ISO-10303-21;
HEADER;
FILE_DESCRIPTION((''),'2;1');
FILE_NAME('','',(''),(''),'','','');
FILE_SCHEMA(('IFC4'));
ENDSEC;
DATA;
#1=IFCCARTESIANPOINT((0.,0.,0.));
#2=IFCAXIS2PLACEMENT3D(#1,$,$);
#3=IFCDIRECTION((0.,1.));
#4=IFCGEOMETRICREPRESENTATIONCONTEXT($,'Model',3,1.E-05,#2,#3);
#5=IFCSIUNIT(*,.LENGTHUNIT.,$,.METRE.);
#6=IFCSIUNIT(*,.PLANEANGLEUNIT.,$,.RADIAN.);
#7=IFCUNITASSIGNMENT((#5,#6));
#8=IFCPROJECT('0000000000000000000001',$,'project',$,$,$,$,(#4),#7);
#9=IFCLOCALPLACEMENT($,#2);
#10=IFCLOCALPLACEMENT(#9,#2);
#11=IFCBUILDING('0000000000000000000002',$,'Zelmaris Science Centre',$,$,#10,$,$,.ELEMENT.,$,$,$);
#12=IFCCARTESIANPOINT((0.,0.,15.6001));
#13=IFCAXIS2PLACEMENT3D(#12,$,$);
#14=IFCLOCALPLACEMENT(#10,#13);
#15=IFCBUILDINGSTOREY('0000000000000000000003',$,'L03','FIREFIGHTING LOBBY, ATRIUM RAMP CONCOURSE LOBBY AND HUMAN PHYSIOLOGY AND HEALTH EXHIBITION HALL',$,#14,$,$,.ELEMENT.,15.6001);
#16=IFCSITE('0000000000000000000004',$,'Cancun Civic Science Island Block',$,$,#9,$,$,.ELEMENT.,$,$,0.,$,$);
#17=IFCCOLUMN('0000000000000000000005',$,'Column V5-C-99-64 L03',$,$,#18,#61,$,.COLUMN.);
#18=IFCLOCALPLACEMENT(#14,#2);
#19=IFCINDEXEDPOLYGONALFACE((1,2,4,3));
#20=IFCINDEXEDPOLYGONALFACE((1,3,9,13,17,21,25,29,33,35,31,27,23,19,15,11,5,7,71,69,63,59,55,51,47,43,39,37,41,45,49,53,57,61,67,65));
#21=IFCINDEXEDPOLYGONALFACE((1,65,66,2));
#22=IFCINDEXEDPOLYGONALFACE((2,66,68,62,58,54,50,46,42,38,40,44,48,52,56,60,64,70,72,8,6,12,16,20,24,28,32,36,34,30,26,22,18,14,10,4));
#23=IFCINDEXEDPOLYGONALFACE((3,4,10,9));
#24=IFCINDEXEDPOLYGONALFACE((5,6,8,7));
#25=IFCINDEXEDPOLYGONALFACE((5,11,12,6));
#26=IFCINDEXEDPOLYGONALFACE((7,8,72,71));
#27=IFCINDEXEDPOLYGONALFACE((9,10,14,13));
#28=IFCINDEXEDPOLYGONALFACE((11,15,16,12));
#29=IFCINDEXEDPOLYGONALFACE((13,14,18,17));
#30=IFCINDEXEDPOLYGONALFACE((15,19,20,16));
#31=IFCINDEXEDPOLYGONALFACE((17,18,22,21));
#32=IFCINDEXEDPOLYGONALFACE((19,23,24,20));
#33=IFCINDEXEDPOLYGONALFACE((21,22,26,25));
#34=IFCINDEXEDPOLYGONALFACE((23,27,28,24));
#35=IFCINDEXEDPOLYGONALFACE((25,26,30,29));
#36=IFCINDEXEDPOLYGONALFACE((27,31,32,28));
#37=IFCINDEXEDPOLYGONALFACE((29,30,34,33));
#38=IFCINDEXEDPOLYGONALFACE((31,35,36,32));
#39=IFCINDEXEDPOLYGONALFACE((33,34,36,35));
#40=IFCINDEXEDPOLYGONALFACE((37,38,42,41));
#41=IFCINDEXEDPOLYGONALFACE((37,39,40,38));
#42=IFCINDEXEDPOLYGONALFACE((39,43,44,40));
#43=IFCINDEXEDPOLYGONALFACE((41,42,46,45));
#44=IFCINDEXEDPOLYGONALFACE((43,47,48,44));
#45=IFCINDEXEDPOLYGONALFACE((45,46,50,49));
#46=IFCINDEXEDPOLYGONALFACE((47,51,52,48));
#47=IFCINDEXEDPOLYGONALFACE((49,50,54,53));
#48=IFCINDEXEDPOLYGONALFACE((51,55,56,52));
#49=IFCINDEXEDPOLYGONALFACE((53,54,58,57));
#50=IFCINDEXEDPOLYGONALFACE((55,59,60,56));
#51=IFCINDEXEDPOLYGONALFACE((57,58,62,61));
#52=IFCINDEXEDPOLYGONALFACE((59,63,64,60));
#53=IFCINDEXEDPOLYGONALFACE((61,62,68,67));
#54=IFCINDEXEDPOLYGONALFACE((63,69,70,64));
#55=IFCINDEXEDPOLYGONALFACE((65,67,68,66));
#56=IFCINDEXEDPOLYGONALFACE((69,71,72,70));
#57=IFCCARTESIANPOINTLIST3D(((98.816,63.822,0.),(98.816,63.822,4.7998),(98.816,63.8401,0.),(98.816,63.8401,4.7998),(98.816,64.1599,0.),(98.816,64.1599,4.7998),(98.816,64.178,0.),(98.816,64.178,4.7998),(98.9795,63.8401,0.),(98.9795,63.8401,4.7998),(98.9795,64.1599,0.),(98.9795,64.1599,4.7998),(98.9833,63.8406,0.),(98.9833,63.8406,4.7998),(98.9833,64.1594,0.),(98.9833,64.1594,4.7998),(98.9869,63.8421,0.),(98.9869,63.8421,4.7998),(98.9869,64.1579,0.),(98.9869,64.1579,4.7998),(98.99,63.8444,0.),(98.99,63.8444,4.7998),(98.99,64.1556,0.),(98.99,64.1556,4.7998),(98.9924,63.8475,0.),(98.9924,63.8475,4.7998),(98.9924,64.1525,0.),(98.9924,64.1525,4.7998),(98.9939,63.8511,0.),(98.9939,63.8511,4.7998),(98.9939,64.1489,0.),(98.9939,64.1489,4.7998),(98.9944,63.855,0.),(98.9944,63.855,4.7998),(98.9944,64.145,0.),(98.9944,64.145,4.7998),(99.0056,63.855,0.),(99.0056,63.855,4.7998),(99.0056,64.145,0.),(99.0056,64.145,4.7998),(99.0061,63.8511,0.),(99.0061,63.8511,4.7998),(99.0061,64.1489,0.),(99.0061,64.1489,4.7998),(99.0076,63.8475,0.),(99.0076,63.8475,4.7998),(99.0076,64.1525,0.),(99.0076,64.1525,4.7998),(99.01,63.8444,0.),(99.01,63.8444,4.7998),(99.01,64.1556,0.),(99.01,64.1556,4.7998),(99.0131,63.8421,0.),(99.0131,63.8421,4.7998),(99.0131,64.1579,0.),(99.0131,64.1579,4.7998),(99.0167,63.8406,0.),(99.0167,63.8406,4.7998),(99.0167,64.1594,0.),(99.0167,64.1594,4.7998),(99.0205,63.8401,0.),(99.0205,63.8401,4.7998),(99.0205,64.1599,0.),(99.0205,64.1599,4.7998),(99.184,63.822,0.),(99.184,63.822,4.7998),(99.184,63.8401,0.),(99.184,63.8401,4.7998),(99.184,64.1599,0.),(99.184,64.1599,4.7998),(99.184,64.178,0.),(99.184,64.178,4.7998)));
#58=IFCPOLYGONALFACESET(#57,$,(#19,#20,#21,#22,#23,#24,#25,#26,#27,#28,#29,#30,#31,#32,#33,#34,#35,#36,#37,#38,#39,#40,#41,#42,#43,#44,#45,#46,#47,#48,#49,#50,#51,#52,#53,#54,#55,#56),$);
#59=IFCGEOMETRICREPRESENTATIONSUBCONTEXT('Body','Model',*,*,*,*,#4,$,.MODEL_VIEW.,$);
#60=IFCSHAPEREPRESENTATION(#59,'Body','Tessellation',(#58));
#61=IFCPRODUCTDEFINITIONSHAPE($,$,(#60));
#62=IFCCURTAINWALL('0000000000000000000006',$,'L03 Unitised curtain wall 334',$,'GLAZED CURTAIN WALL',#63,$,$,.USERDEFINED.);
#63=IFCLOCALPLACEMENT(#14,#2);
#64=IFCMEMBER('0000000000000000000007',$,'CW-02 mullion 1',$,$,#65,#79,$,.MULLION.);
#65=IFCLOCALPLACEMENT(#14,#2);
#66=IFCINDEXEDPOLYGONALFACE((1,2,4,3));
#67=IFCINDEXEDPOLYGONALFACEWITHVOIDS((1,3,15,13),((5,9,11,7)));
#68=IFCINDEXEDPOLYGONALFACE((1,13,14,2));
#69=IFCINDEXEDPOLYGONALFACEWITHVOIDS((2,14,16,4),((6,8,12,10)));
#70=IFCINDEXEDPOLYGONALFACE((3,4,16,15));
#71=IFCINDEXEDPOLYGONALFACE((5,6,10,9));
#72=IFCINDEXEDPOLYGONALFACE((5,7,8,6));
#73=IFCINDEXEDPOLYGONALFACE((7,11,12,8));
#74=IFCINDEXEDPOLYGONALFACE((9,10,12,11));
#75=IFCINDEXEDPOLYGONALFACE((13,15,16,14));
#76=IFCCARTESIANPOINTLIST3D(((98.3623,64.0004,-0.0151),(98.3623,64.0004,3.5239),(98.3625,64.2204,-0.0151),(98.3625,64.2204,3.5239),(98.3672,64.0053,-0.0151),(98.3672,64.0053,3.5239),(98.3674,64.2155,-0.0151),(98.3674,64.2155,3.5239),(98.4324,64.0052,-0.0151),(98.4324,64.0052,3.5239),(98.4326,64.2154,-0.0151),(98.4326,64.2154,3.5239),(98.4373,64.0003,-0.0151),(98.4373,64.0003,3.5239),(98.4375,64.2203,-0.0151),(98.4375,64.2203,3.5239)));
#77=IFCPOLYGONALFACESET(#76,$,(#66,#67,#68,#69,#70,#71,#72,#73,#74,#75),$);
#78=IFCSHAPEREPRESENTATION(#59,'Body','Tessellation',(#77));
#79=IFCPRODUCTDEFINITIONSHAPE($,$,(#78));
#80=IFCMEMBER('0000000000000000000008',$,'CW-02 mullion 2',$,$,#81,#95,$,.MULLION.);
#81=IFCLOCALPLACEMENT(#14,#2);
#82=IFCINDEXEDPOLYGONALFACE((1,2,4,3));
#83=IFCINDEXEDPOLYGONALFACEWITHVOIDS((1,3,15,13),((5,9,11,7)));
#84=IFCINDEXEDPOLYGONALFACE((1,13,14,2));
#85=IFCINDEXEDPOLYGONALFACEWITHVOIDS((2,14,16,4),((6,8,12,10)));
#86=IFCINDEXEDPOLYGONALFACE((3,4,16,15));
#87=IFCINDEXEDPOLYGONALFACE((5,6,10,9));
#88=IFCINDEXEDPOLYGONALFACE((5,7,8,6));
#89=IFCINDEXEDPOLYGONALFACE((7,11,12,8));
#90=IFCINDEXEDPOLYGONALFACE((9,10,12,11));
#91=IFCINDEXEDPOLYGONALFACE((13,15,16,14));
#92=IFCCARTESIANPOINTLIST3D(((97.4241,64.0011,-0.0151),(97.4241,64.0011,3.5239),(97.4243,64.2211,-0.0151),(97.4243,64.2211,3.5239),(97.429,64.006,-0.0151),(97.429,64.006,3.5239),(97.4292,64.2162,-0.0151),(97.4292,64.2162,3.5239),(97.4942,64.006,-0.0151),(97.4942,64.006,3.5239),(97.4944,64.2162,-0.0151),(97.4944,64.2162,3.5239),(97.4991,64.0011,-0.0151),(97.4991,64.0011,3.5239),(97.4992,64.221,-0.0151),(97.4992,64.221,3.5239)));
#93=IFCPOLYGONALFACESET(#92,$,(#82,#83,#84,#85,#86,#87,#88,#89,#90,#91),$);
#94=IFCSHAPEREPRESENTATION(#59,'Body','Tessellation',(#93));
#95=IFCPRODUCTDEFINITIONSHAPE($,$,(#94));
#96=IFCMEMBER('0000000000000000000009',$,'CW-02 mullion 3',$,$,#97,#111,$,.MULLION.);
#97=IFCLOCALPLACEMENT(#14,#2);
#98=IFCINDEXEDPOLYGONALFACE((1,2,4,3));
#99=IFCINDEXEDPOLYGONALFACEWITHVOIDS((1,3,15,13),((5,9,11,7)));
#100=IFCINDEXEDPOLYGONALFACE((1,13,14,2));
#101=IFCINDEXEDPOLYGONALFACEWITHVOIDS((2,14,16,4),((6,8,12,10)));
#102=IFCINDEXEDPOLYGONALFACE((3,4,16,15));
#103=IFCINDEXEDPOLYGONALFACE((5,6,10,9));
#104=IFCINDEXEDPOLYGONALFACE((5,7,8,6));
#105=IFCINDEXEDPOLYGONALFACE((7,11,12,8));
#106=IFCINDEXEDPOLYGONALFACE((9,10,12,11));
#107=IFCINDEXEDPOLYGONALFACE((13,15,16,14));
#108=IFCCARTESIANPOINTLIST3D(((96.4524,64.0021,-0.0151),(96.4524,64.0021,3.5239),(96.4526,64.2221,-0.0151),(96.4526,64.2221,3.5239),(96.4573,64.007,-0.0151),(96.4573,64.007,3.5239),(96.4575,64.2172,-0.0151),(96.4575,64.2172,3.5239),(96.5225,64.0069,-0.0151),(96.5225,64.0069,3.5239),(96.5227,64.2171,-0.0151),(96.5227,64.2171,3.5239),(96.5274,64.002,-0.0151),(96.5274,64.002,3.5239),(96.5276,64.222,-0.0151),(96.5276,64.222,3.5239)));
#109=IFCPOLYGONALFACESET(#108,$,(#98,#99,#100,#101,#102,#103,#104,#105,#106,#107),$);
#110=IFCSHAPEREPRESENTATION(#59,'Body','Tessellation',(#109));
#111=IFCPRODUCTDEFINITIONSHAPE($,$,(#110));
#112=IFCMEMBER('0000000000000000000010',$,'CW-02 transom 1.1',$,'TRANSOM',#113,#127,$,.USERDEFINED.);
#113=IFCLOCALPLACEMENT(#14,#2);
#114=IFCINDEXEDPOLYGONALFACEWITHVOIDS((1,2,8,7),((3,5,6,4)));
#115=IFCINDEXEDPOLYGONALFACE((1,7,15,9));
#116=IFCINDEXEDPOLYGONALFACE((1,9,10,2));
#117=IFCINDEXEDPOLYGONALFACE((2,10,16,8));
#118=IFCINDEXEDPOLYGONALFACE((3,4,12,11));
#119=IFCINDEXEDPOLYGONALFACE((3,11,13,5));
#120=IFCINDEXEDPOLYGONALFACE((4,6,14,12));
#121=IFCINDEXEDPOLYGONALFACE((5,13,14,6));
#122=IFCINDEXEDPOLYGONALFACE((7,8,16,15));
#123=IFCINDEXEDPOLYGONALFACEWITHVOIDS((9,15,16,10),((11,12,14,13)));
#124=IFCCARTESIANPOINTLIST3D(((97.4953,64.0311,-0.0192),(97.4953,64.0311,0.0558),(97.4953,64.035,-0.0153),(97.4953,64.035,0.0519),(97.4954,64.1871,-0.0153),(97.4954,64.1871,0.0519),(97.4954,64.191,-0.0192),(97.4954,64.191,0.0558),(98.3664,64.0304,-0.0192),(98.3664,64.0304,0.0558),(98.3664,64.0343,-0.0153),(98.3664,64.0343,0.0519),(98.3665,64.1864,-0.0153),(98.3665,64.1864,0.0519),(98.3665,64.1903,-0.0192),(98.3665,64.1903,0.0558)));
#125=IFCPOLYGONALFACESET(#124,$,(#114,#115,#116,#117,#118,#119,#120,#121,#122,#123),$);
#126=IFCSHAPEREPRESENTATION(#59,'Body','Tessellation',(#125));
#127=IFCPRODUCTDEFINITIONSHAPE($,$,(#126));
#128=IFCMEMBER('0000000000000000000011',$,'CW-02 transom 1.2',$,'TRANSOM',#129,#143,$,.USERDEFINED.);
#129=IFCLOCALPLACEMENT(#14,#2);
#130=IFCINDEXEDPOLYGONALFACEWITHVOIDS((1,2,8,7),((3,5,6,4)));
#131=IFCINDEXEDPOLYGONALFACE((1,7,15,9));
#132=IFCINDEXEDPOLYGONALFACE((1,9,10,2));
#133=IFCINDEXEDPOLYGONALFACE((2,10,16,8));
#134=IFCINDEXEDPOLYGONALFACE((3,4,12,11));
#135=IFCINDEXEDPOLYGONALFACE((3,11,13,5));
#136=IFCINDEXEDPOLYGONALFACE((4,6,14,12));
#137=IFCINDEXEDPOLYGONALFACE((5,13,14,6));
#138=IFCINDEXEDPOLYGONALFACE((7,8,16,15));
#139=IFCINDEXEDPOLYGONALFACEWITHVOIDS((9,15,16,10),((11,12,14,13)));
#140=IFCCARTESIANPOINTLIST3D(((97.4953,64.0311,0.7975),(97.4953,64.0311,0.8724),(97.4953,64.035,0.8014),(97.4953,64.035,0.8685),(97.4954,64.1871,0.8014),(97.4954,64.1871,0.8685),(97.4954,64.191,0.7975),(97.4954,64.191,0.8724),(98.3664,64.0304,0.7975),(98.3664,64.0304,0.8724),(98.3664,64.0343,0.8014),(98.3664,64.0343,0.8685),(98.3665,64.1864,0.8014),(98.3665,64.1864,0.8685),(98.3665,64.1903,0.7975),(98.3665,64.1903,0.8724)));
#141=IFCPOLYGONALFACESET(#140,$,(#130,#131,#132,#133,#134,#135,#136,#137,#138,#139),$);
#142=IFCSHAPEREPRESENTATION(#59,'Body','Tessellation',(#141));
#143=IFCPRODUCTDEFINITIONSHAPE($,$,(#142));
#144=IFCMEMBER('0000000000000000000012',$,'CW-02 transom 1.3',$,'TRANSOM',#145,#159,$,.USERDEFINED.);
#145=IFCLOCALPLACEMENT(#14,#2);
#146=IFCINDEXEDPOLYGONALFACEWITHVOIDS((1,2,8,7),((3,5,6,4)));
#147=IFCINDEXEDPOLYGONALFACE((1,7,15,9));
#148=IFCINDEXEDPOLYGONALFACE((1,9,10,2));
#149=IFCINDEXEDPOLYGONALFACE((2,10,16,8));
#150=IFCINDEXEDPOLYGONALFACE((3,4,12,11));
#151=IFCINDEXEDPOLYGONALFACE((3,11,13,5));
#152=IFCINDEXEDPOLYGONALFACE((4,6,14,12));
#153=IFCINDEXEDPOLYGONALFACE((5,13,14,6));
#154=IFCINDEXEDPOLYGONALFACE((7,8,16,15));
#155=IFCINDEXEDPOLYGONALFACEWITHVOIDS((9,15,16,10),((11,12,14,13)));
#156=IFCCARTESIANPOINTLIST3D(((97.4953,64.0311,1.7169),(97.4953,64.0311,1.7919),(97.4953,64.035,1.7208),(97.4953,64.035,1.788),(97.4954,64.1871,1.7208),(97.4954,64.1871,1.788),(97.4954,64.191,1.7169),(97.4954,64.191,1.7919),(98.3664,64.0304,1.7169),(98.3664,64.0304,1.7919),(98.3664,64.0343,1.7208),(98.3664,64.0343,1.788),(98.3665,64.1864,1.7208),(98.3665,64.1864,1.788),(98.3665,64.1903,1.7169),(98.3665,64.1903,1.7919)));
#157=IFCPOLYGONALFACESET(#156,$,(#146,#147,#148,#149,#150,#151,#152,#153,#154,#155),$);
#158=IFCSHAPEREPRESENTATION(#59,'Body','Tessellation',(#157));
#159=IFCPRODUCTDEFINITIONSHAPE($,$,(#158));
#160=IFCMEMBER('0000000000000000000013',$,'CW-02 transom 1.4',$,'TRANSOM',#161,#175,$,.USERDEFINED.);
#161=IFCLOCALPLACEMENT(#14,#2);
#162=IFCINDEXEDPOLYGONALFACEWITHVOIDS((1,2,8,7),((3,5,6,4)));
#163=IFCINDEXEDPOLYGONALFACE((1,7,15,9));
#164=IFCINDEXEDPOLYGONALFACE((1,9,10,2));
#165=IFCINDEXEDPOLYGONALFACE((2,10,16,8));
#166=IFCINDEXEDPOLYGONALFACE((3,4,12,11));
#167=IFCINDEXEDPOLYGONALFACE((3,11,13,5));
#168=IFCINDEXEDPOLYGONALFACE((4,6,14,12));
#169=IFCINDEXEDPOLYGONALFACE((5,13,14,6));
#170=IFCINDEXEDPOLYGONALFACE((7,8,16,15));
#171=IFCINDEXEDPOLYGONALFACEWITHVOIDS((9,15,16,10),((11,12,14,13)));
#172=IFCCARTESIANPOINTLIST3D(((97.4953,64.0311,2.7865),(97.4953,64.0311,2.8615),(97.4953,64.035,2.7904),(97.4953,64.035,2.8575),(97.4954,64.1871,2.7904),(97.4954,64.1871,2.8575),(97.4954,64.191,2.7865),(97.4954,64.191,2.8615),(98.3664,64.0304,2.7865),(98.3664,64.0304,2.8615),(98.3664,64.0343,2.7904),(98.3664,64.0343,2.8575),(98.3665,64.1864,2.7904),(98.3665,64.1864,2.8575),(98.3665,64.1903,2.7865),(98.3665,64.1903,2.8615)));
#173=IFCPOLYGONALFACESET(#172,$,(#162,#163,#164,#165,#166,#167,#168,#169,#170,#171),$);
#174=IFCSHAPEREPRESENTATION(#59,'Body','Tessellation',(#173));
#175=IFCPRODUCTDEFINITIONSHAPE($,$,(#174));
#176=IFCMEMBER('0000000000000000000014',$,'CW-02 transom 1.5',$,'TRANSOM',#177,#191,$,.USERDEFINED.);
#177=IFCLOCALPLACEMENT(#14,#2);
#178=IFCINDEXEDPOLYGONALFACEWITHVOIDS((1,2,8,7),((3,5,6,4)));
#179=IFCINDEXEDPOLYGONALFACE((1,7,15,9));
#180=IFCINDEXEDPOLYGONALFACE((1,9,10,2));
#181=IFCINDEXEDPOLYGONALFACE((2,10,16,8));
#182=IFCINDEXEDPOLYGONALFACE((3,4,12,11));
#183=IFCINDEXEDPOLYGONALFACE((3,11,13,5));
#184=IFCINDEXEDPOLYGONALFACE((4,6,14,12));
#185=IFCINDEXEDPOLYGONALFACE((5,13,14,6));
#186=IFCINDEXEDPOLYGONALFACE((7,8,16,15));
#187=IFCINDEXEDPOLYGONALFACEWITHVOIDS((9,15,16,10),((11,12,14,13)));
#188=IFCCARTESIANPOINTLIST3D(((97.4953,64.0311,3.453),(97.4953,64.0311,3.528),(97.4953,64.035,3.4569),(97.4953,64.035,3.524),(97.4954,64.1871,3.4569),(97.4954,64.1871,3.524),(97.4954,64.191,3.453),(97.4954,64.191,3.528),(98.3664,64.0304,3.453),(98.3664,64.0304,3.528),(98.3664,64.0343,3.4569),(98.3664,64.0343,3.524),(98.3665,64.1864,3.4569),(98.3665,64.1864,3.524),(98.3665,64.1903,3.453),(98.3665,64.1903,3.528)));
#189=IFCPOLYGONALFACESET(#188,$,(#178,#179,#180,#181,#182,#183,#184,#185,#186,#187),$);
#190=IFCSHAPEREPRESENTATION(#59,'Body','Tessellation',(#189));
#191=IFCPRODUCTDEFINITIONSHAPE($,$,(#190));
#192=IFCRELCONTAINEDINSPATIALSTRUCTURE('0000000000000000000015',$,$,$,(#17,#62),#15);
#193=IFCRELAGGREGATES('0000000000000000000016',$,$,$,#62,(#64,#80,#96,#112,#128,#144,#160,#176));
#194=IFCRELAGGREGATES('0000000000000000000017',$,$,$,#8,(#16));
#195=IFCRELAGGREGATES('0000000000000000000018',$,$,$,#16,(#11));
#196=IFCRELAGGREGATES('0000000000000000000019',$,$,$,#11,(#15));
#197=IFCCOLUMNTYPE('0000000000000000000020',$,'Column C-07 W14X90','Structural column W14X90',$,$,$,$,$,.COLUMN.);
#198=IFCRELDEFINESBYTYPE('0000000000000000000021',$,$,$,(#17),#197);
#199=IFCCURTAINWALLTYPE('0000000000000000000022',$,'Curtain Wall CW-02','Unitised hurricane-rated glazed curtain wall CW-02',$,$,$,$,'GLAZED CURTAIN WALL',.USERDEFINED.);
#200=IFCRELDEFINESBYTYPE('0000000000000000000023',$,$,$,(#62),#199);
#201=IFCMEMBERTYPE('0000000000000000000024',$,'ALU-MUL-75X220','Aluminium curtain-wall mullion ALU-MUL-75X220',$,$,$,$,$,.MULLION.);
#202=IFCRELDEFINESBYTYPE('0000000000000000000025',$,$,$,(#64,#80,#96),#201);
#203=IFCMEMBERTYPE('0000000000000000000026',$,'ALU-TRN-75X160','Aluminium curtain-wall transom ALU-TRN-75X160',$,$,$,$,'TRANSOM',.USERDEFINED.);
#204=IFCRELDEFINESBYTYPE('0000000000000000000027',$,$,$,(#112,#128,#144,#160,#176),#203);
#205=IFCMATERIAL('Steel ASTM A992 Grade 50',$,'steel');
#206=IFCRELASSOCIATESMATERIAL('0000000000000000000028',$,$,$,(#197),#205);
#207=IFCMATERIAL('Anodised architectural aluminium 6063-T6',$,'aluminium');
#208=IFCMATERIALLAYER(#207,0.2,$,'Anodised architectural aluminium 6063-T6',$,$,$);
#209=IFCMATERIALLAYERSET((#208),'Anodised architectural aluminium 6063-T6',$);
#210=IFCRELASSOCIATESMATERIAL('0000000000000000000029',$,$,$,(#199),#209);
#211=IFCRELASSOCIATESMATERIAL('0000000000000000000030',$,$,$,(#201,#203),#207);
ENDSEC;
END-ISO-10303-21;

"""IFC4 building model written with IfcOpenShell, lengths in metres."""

from ifc_helpers import new_model, si_unit, direction, frame, origin, origin_2d, place, context, subcontext, project, spatial, hollow_rectangle, i_section, extrude, material, layer, layer_set, material_profile, profile_set, type_object, element, aggregate, save


model = new_model("IFC4")

# Units and contexts
model_context = context("Model", 3, precision=1e-05, world=origin(), true_north=direction((0.0, 1.0)))
body_context = subcontext(model_context, "Body", "Model", "MODEL_VIEW")
ifc_project = project(units=[si_unit("LENGTHUNIT", "METRE"), si_unit("PLANEANGLEUNIT", "RADIAN")], contexts=[model_context])

# Site, building, storey
site_placement = place(None, origin())
site = spatial("IfcSite", under=ifc_project, at=site_placement, Name="Cancun Civic Science Island Block", CompositionType="ELEMENT", RefElevation=0.0)
building_placement = place(site_placement, origin())
building = spatial("IfcBuilding", under=site, at=building_placement, Name="Zelmaris Science Centre", CompositionType="ELEMENT")
storey_placement = place(building_placement, frame((0.0, 0.0, 15.6001)))
storey = spatial("IfcBuildingStorey", under=building, at=storey_placement, Name="L03", Description="FIREFIGHTING LOBBY, ATRIUM RAMP CONCOURSE LOBBY AND HUMAN PHYSIOLOGY AND HEALTH EXHIBITION HALL", CompositionType="ELEMENT", Elevation=15.6001)

# Column
ifc_material_1 = material(Name="Steel ASTM A992 Grade 50", Category="steel")
ifc_material_profile_1 = material_profile(ifc_material_1, i_section(OverallWidth=0.3679, OverallDepth=0.356, WebThickness=0.0112, FlangeThickness=0.0181, FilletRadius=0.0149, at=origin_2d()), Name="W14X90")
ifc_profile_set_1 = profile_set([ifc_material_profile_1], Name="Steel ASTM A992 Grade 50")
column_type = type_object("IfcColumnType", Name="Column C-07 W14X90", Description="Structural column W14X90", PredefinedType="COLUMN", material=ifc_profile_set_1)
column_placement = place(storey_placement, frame((99.0, 64.0, 0.0), z_axis=(0.0, 0.0, 1.0), x_axis=(1.0, 0.0, 0.0)))
element("IfcColumn", 1, at=column_placement, inside=storey, type_object=column_type, Name="Column V5-C-99-64 L03", PredefinedType="COLUMN", context=body_context, shape_type="SweptSolid", body=[
    extrude(i_section(OverallWidth=0.3679, OverallDepth=0.356, WebThickness=0.0112, FlangeThickness=0.0181, FilletRadius=0.0149, at=origin_2d()), origin(), (0.0, 0.0, 1.0), 4.7998),
])

# Curtain wall, members
ifc_material_2 = material(Name="Anodised architectural aluminium 6063-T6", Category="aluminium")
ifc_layer_1 = layer(ifc_material_2, 0.2, Name="Anodised architectural aluminium 6063-T6")
ifc_layer_set_1 = layer_set([ifc_layer_1], Name="Anodised architectural aluminium 6063-T6")
curtain_wall_type = type_object("IfcCurtainWallType", Name="Curtain Wall CW-02", Description="Unitised hurricane-rated glazed curtain wall CW-02", ElementType="GLAZED CURTAIN WALL", PredefinedType="USERDEFINED", material=ifc_layer_set_1)
curtain_wall_placement = place(storey_placement, origin())
curtain_wall = element("IfcCurtainWall", 2, at=curtain_wall_placement, inside=storey, type_object=curtain_wall_type, Name="L03 Unitised curtain wall 334", ObjectType="GLAZED CURTAIN WALL", PredefinedType="USERDEFINED")
ifc_material_profile_2 = material_profile(ifc_material_2, hollow_rectangle(XDim=0.075, YDim=0.22, WallThickness=0.0049, at=origin_2d()), Name="ALU-MUL-75X220")
ifc_profile_set_2 = profile_set([ifc_material_profile_2], Name="Anodised architectural aluminium 6063-T6")
member_type_1 = type_object("IfcMemberType", Name="ALU-MUL-75X220", Description="Aluminium curtain-wall mullion ALU-MUL-75X220", PredefinedType="MULLION", material=ifc_profile_set_2)
member_1_placement = place(storey_placement, frame((98.3999, 64.1104, -0.0151), z_axis=(0.0, 0.0, 1.0), x_axis=(-1.0, 0.000848, 0.0)))
member_1 = element("IfcMember", 3, at=member_1_placement, type_object=member_type_1, Name="CW-02 mullion 1", PredefinedType="MULLION", context=body_context, shape_type="SweptSolid", body=[
    extrude(hollow_rectangle(XDim=0.075, YDim=0.22, WallThickness=0.0049, at=origin_2d()), origin(), (0.0, 0.0, 1.0), 3.5391),
])
member_2_placement = place(storey_placement, frame((97.4617, 64.1111, -0.0151), z_axis=(0.0, 0.0, 1.0), x_axis=(-1.0, 0.000848, 0.0)))
member_2 = element("IfcMember", 4, at=member_2_placement, type_object=member_type_1, Name="CW-02 mullion 2", PredefinedType="MULLION", context=body_context, shape_type="SweptSolid", body=[
    extrude(hollow_rectangle(XDim=0.075, YDim=0.22, WallThickness=0.0049, at=origin_2d()), origin(), (0.0, 0.0, 1.0), 3.5391),
])
member_3_placement = place(storey_placement, frame((96.49, 64.1121, -0.0151), z_axis=(0.0, 0.0, 1.0), x_axis=(-1.0, 0.000848, 0.0)))
member_3 = element("IfcMember", 5, at=member_3_placement, type_object=member_type_1, Name="CW-02 mullion 3", PredefinedType="MULLION", context=body_context, shape_type="SweptSolid", body=[
    extrude(hollow_rectangle(XDim=0.075, YDim=0.22, WallThickness=0.0049, at=origin_2d()), origin(), (0.0, 0.0, 1.0), 3.5391),
])
ifc_material_profile_3 = material_profile(ifc_material_2, hollow_rectangle(XDim=0.075, YDim=0.1599, WallThickness=0.0039, at=origin_2d()), Name="ALU-TRN-75X160")
ifc_profile_set_3 = profile_set([ifc_material_profile_3], Name="Anodised architectural aluminium 6063-T6")
member_type_2 = type_object("IfcMemberType", Name="ALU-TRN-75X160", Description="Aluminium curtain-wall transom ALU-TRN-75X160", ElementType="TRANSOM", PredefinedType="USERDEFINED", material=ifc_profile_set_3)
member_4_placement = place(storey_placement, frame((98.3665, 64.1104, 0.0183), z_axis=(-1.0, 0.000841, 0.0), x_axis=(0.0, 0.0, 1.0)))
member_4 = element("IfcMember", 6, at=member_4_placement, type_object=member_type_2, Name="CW-02 transom 1.1", ObjectType="TRANSOM", PredefinedType="USERDEFINED", context=body_context, shape_type="SweptSolid", body=[
    extrude(hollow_rectangle(XDim=0.075, YDim=0.1599, WallThickness=0.0039, at=origin_2d()), origin(), (0.0, 0.0, 1.0), 0.8711),
])
member_5_placement = place(storey_placement, frame((98.3665, 64.1104, 0.835), z_axis=(-1.0, 0.000841, 0.0), x_axis=(0.0, 0.0, 1.0)))
member_5 = element("IfcMember", 7, at=member_5_placement, type_object=member_type_2, Name="CW-02 transom 1.2", ObjectType="TRANSOM", PredefinedType="USERDEFINED", context=body_context, shape_type="SweptSolid", body=[
    extrude(hollow_rectangle(XDim=0.075, YDim=0.1599, WallThickness=0.0039, at=origin_2d()), origin(), (0.0, 0.0, 1.0), 0.8711),
])
member_6_placement = place(storey_placement, frame((98.3665, 64.1104, 1.7544), z_axis=(-1.0, 0.000841, 0.0), x_axis=(0.0, 0.0, 1.0)))
member_6 = element("IfcMember", 8, at=member_6_placement, type_object=member_type_2, Name="CW-02 transom 1.3", ObjectType="TRANSOM", PredefinedType="USERDEFINED", context=body_context, shape_type="SweptSolid", body=[
    extrude(hollow_rectangle(XDim=0.075, YDim=0.1599, WallThickness=0.0039, at=origin_2d()), origin(), (0.0, 0.0, 1.0), 0.8711),
])
member_7_placement = place(storey_placement, frame((98.3665, 64.1104, 2.824), z_axis=(-1.0, 0.000841, 0.0), x_axis=(0.0, 0.0, 1.0)))
member_7 = element("IfcMember", 9, at=member_7_placement, type_object=member_type_2, Name="CW-02 transom 1.4", ObjectType="TRANSOM", PredefinedType="USERDEFINED", context=body_context, shape_type="SweptSolid", body=[
    extrude(hollow_rectangle(XDim=0.075, YDim=0.1599, WallThickness=0.0039, at=origin_2d()), origin(), (0.0, 0.0, 1.0), 0.8711),
])
member_8_placement = place(storey_placement, frame((98.3665, 64.1104, 3.4905), z_axis=(-1.0, 0.000841, 0.0), x_axis=(0.0, 0.0, 1.0)))
member_8 = element("IfcMember", 10, at=member_8_placement, type_object=member_type_2, Name="CW-02 transom 1.5", ObjectType="TRANSOM", PredefinedType="USERDEFINED", context=body_context, shape_type="SweptSolid", body=[
    extrude(hollow_rectangle(XDim=0.075, YDim=0.1599, WallThickness=0.0039, at=origin_2d()), origin(), (0.0, 0.0, 1.0), 0.8711),
])

aggregate(curtain_wall, [member_1, member_2, member_3, member_4, member_5, member_6, member_7, member_8])

save(model, "model.ifc")
